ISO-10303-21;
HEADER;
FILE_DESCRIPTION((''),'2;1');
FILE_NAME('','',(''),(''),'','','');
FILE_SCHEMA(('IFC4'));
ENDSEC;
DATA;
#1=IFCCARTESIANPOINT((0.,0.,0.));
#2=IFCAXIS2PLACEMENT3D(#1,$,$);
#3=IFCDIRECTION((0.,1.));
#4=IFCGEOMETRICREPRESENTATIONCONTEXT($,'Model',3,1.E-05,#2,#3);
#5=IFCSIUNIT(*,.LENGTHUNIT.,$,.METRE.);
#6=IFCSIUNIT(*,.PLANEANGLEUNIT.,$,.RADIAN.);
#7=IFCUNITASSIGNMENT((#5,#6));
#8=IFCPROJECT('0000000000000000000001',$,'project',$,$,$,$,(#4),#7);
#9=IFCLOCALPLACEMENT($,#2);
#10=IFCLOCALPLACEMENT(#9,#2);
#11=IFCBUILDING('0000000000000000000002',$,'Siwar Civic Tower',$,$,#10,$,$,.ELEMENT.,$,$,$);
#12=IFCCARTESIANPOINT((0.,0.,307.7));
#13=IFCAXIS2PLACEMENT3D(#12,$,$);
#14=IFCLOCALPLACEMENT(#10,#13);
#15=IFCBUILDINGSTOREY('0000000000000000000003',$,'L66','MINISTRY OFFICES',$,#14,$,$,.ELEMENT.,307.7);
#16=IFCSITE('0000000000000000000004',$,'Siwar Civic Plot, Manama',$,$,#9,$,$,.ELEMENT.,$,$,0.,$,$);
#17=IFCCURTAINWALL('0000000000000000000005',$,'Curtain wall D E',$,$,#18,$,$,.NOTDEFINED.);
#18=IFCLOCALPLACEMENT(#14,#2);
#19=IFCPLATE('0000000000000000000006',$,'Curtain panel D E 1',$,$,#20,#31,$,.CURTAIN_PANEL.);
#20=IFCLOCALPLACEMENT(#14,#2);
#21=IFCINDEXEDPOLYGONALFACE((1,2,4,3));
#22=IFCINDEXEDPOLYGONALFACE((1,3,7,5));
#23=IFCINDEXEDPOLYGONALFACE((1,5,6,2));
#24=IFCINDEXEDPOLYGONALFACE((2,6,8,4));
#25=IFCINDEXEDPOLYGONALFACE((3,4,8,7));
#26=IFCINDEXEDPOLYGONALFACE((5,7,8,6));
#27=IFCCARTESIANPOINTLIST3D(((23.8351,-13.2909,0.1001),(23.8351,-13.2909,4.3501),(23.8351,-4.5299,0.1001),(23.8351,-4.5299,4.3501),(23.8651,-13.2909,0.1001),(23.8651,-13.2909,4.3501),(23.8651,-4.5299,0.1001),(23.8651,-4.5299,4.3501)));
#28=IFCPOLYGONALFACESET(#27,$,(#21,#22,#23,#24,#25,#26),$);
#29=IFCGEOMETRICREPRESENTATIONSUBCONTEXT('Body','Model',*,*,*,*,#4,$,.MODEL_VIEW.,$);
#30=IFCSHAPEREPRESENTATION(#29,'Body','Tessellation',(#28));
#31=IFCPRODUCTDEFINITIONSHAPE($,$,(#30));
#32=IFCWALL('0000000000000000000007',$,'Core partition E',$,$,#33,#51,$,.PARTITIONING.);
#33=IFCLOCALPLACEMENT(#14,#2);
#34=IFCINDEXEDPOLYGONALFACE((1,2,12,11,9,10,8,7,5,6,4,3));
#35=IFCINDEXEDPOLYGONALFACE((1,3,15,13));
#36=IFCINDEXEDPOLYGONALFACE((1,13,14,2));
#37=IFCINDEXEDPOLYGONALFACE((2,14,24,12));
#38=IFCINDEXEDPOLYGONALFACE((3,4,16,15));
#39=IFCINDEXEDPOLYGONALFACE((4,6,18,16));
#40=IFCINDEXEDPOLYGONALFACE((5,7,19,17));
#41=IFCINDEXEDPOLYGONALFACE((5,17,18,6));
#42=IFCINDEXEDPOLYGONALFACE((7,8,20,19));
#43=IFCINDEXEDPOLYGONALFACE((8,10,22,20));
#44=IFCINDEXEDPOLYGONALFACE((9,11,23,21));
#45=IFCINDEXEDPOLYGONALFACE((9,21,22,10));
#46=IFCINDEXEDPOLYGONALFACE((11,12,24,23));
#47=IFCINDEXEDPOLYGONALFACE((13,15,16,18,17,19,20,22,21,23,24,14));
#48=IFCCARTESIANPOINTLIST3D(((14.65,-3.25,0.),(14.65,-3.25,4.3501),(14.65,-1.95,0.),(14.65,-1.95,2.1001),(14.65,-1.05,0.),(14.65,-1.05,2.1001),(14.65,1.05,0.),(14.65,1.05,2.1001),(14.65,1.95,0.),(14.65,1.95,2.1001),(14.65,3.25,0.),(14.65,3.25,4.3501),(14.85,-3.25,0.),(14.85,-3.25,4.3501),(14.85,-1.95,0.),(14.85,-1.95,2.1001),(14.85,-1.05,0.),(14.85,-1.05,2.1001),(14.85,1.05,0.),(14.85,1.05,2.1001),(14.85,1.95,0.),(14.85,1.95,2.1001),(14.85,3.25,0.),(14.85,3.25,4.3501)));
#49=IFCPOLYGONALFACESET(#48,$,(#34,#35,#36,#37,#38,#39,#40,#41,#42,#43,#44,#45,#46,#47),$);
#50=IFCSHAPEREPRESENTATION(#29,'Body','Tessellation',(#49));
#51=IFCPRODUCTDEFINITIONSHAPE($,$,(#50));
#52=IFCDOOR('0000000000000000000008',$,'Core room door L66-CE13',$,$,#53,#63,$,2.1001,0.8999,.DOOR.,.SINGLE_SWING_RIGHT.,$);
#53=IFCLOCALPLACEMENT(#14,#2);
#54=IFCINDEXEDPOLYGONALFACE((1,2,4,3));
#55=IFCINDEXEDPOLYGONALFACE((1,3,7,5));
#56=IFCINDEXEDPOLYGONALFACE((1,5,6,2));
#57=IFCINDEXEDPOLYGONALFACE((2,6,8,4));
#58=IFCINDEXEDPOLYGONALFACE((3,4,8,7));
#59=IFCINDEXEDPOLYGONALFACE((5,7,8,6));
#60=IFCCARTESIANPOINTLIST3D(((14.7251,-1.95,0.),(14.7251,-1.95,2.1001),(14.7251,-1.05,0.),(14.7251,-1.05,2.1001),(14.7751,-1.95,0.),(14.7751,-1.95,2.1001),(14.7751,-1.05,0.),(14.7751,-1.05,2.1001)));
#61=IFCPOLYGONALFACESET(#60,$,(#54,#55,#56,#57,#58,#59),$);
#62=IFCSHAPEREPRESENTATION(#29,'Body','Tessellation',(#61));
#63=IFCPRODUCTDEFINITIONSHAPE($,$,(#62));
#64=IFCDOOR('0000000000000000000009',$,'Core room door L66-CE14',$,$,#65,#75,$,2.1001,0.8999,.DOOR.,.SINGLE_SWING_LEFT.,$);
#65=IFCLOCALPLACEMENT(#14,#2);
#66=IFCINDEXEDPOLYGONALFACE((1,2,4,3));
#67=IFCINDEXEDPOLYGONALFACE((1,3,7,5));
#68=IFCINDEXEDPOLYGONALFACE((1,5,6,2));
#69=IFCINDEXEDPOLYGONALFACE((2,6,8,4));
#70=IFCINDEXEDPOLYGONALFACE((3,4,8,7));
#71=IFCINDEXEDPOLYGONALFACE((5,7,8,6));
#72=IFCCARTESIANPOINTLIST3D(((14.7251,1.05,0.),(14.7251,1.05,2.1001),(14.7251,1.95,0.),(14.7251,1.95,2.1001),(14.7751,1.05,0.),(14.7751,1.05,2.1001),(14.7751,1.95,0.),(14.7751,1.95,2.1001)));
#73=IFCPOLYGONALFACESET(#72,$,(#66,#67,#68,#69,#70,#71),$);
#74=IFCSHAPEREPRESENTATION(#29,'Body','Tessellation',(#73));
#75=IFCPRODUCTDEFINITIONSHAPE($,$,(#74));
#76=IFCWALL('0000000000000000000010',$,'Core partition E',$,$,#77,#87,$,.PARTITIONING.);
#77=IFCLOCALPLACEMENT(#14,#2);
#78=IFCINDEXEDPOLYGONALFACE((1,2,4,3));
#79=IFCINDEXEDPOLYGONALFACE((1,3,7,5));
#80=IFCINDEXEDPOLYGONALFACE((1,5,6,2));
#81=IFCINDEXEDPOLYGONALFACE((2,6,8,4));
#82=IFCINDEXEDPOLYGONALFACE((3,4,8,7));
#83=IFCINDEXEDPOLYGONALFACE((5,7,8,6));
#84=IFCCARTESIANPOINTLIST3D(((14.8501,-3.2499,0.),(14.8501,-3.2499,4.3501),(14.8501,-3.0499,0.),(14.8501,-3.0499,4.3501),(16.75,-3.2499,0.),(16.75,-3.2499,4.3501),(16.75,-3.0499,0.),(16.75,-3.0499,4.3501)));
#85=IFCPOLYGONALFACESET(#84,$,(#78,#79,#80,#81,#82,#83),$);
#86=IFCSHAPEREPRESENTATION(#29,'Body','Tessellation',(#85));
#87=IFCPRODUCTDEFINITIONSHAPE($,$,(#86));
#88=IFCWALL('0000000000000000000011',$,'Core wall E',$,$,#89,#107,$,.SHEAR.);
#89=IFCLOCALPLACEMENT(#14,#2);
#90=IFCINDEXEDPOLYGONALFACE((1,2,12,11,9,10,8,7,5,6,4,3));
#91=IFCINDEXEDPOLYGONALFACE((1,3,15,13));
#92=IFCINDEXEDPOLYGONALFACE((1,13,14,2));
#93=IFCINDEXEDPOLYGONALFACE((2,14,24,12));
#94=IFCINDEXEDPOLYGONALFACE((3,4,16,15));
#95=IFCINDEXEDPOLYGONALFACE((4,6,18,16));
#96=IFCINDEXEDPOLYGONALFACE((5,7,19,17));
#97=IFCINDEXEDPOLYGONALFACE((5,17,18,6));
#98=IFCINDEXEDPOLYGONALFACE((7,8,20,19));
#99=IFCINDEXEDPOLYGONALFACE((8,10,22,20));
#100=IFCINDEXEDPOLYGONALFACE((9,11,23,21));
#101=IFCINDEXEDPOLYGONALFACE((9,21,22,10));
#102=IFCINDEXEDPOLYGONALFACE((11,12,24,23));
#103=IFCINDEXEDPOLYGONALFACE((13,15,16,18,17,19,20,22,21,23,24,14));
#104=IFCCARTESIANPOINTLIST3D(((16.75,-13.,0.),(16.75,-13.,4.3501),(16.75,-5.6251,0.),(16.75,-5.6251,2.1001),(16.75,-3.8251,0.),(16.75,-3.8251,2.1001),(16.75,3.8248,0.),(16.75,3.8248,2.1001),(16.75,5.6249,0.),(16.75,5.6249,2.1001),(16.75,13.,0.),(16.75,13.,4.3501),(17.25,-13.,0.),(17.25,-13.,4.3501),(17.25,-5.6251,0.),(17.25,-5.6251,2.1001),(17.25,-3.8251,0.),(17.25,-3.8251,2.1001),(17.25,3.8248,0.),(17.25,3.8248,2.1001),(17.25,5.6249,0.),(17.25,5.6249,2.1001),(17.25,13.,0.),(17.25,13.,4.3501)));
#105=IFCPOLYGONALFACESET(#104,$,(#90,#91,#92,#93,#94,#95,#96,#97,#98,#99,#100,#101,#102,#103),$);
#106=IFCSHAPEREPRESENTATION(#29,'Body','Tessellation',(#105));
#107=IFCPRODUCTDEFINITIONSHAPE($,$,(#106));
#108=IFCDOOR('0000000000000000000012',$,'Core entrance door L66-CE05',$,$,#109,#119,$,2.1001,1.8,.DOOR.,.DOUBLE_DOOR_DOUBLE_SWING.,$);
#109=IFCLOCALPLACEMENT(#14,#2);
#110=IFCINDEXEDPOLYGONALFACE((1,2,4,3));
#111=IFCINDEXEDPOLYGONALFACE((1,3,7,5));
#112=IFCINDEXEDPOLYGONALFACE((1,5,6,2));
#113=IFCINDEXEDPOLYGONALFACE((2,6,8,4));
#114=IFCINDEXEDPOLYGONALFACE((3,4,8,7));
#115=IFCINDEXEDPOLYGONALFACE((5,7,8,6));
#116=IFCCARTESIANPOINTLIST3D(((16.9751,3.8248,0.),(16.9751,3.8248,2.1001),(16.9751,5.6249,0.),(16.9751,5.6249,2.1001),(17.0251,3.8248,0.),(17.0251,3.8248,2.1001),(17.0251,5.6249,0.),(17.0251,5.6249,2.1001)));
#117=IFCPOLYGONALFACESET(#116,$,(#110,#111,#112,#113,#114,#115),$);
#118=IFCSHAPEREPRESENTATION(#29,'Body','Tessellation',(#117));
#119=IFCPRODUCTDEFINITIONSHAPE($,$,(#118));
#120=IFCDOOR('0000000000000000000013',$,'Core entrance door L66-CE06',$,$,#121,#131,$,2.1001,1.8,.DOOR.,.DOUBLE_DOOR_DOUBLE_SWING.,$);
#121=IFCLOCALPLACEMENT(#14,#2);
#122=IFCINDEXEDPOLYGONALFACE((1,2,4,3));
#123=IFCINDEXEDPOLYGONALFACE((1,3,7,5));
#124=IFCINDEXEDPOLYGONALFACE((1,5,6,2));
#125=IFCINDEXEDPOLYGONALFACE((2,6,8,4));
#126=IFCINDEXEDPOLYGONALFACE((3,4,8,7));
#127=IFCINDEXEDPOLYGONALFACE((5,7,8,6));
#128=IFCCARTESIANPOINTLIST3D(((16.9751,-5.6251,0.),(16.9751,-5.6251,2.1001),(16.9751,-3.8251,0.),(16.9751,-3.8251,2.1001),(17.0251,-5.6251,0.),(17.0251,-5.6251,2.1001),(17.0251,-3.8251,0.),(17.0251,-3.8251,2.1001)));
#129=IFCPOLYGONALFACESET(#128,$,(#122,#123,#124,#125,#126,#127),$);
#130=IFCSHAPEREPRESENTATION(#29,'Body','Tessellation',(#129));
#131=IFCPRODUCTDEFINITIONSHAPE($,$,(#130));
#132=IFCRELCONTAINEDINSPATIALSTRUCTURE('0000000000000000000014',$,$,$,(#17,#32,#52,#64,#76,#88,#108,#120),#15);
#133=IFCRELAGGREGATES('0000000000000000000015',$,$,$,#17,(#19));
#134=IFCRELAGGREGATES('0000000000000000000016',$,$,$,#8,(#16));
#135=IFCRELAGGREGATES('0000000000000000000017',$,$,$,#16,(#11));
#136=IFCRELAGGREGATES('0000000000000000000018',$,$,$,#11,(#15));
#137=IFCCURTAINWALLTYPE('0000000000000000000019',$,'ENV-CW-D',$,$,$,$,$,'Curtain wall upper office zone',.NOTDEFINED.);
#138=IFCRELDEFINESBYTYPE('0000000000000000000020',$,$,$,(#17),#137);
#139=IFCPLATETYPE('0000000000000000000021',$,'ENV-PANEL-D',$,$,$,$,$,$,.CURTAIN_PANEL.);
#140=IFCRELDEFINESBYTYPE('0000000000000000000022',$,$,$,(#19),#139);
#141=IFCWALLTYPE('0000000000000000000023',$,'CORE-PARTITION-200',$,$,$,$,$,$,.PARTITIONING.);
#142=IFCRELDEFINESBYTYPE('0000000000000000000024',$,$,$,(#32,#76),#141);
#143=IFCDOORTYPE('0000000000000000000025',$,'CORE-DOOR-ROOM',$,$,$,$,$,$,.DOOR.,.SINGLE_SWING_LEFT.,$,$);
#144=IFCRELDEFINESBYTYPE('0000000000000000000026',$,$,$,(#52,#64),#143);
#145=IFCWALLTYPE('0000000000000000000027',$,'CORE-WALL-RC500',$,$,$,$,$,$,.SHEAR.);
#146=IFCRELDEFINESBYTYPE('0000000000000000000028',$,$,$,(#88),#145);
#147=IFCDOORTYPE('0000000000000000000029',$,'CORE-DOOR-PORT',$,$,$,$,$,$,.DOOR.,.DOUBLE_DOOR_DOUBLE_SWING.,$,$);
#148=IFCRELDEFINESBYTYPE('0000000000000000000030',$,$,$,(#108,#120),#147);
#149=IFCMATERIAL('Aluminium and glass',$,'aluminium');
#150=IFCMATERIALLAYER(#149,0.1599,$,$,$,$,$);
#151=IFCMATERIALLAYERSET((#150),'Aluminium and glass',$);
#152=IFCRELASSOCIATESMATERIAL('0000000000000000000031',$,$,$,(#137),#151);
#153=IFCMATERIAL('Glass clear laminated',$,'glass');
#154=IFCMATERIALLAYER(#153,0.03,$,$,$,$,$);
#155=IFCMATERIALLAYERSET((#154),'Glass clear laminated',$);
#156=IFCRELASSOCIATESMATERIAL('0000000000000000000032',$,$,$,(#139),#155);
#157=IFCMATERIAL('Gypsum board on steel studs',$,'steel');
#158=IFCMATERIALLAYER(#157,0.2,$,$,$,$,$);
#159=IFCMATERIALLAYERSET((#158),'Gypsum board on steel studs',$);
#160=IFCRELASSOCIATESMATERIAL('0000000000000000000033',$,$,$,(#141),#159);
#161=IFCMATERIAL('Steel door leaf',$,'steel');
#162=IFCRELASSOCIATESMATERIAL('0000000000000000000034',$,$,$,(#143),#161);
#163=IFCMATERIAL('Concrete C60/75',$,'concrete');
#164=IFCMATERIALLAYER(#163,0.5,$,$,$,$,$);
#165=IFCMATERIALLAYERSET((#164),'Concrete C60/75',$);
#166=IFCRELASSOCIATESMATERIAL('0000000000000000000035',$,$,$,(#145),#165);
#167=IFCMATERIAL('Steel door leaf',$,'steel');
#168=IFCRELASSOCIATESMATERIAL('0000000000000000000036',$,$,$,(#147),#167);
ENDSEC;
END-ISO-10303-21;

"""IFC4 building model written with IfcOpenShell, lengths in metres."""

from ifc_helpers import new_model, si_unit, direction, frame, frame_2d, origin, origin_2d, place, context, subcontext, project, spatial, rectangle, extrude, material, layer, layer_set, type_object, element, fill, aggregate, save


model = new_model("IFC4")

# Units and contexts
model_context = context("Model", 3, precision=1e-05, world=origin(), true_north=direction((0.0, 1.0)))
body_context = subcontext(model_context, "Body", "Model", "MODEL_VIEW")
ifc_project = project(units=[si_unit("LENGTHUNIT", "METRE"), si_unit("PLANEANGLEUNIT", "RADIAN")], contexts=[model_context])

# Site, building, storey
site_placement = place(None, origin())
site = spatial("IfcSite", under=ifc_project, at=site_placement, Name="Siwar Civic Plot, Manama", CompositionType="ELEMENT", RefElevation=0.0)
building_placement = place(site_placement, origin())
building = spatial("IfcBuilding", under=site, at=building_placement, Name="Siwar Civic Tower", CompositionType="ELEMENT")
storey_placement = place(building_placement, frame((0.0, 0.0, 307.7)))
storey = spatial("IfcBuildingStorey", under=building, at=storey_placement, Name="L66", Description="MINISTRY OFFICES", CompositionType="ELEMENT", Elevation=307.7)

# Curtain wall
ifc_material_1 = material(Name="Aluminium and glass", Category="aluminium")
ifc_layer_1 = layer(ifc_material_1, 0.1599)
ifc_layer_set_1 = layer_set([ifc_layer_1], Name="Aluminium and glass")
curtain_wall_type = type_object("IfcCurtainWallType", Name="ENV-CW-D", ElementType="Curtain wall upper office zone", PredefinedType="NOTDEFINED", material=ifc_layer_set_1)
curtain_wall_placement = place(storey_placement, origin())
curtain_wall = element("IfcCurtainWall", 1, at=curtain_wall_placement, inside=storey, type_object=curtain_wall_type, Name="Curtain wall D E", PredefinedType="NOTDEFINED")

# Plate
ifc_material_2 = material(Name="Glass clear laminated", Category="glass")
ifc_layer_2 = layer(ifc_material_2, 0.03)
ifc_layer_set_2 = layer_set([ifc_layer_2], Name="Glass clear laminated")
plate_type = type_object("IfcPlateType", Name="ENV-PANEL-D", PredefinedType="CURTAIN_PANEL", material=ifc_layer_set_2)
plate_placement = place(storey_placement, frame((23.8501, -8.9104, 0.1001), z_axis=(0.0, 0.0, 1.0), x_axis=(0.0, 1.0, 0.0)))
plate = element("IfcPlate", 2, at=plate_placement, type_object=plate_type, Name="Curtain panel D E 1", PredefinedType="CURTAIN_PANEL", context=body_context, shape_type="SweptSolid", body=[
    extrude(rectangle(XDim=8.761, YDim=0.03, at=origin_2d()), origin(), (0.0, 0.0, 1.0), 4.25),
])
aggregate(curtain_wall, [plate])

# Wall, openings, doors
ifc_material_3 = material(Name="Gypsum board on steel studs", Category="steel")
ifc_layer_3 = layer(ifc_material_3, 0.2)
ifc_layer_set_3 = layer_set([ifc_layer_3], Name="Gypsum board on steel studs")
wall_type_1 = type_object("IfcWallType", Name="CORE-PARTITION-200", PredefinedType="PARTITIONING", material=ifc_layer_set_3)
wall_1_placement = place(storey_placement, frame((14.75, -3.25, 0.0), z_axis=(0.0, 0.0, 1.0), x_axis=(0.0, 1.0, 0.0)))
wall_1 = element("IfcWall", 3, at=wall_1_placement, inside=storey, type_object=wall_type_1, Name="Core partition E", PredefinedType="PARTITIONING", context=body_context, shape_type="SweptSolid", body=[
    extrude(rectangle(XDim=6.5, YDim=0.2, at=frame_2d((3.25, 0.0))), origin(), (0.0, 0.0, 1.0), 4.3501),
])
opening_1_placement = place(wall_1_placement, frame((1.3, 0.0, 0.0)))
opening_1 = element("IfcOpeningElement", 4, at=opening_1_placement, cuts=wall_1, PredefinedType="OPENING", context=body_context, shape_type="SweptSolid", body=[
    extrude(rectangle(XDim=0.8999, YDim=2.1001, at=frame_2d((0.45, 1.05))), frame((0.0, 0.1099, 0.0), z_axis=(0.0, -1.0, 0.0), x_axis=(1.0, 0.0, 0.0)), (0.0, 0.0, 1.0), 0.22),
])
opening_2_placement = place(wall_1_placement, frame((4.3, 0.0, 0.0)))
opening_2 = element("IfcOpeningElement", 5, at=opening_2_placement, cuts=wall_1, PredefinedType="OPENING", context=body_context, shape_type="SweptSolid", body=[
    extrude(rectangle(XDim=0.8999, YDim=2.1001, at=frame_2d((0.45, 1.05))), frame((0.0, 0.1099, 0.0), z_axis=(0.0, -1.0, 0.0), x_axis=(1.0, 0.0, 0.0)), (0.0, 0.0, 1.0), 0.22),
])
ifc_material_4 = material(Name="Steel door leaf", Category="steel")
door_type_1 = type_object("IfcDoorType", Name="CORE-DOOR-ROOM", OperationType="SINGLE_SWING_LEFT", PredefinedType="DOOR", material=ifc_material_4)
door_1_placement = place(opening_1_placement, origin())
door_1 = element("IfcDoor", 6, at=door_1_placement, inside=storey, type_object=door_type_1, Name="Core room door L66-CE13", OperationType="SINGLE_SWING_RIGHT", OverallHeight=2.1001, OverallWidth=0.8999, PredefinedType="DOOR", context=body_context, shape_type="SweptSolid", body=[
    extrude(rectangle(XDim=0.8999, YDim=2.1001, at=frame_2d((0.45, 1.05))), frame((0.0, 0.0249, 0.0), z_axis=(0.0, -1.0, 0.0), x_axis=(1.0, 0.0, 0.0)), (0.0, 0.0, 1.0), 0.05),
])
fill(opening_1, door_1)
door_2_placement = place(opening_2_placement, origin())
door_2 = element("IfcDoor", 7, at=door_2_placement, inside=storey, type_object=door_type_1, Name="Core room door L66-CE14", OperationType="SINGLE_SWING_LEFT", OverallHeight=2.1001, OverallWidth=0.8999, PredefinedType="DOOR", context=body_context, shape_type="SweptSolid", body=[
    extrude(rectangle(XDim=0.8999, YDim=2.1001, at=frame_2d((0.45, 1.05))), frame((0.0, 0.0249, 0.0), z_axis=(0.0, -1.0, 0.0), x_axis=(1.0, 0.0, 0.0)), (0.0, 0.0, 1.0), 0.05),
])
fill(opening_2, door_2)

# Wall
wall_2_placement = place(storey_placement, frame((14.8501, -3.1499, 0.0), z_axis=(0.0, 0.0, 1.0), x_axis=(1.0, 0.0, 0.0)))
element("IfcWall", 8, at=wall_2_placement, inside=storey, type_object=wall_type_1, Name="Core partition E", PredefinedType="PARTITIONING", context=body_context, shape_type="SweptSolid", body=[
    extrude(rectangle(XDim=1.8999, YDim=0.2, at=frame_2d((0.95, 0.0))), origin(), (0.0, 0.0, 1.0), 4.3501),
])

# Wall, openings, doors
ifc_material_5 = material(Name="Concrete C60/75", Category="concrete")
ifc_layer_4 = layer(ifc_material_5, 0.5)
ifc_layer_set_4 = layer_set([ifc_layer_4], Name="Concrete C60/75")
wall_type_2 = type_object("IfcWallType", Name="CORE-WALL-RC500", PredefinedType="SHEAR", material=ifc_layer_set_4)
wall_3_placement = place(storey_placement, frame((17.0, -13.0, 0.0), z_axis=(0.0, 0.0, 1.0), x_axis=(0.0, 1.0, 0.0)))
wall_3 = element("IfcWall", 9, at=wall_3_placement, inside=storey, type_object=wall_type_2, Name="Core wall E", PredefinedType="SHEAR", context=body_context, shape_type="SweptSolid", body=[
    extrude(rectangle(XDim=26.0, YDim=0.5, at=frame_2d((13.0, 0.0))), origin(), (0.0, 0.0, 1.0), 4.3501),
])
opening_3_placement = place(wall_3_placement, frame((16.825, 0.0, 0.0)))
opening_3 = element("IfcOpeningElement", 10, at=opening_3_placement, cuts=wall_3, PredefinedType="OPENING", context=body_context, shape_type="SweptSolid", body=[
    extrude(rectangle(XDim=1.8, YDim=2.1001, at=frame_2d((0.8999, 1.05))), frame((0.0, 0.26, 0.0), z_axis=(0.0, -1.0, 0.0), x_axis=(1.0, 0.0, 0.0)), (0.0, 0.0, 1.0), 0.52),
])
opening_4_placement = place(wall_3_placement, frame((7.375, 0.0, 0.0)))
opening_4 = element("IfcOpeningElement", 11, at=opening_4_placement, cuts=wall_3, PredefinedType="OPENING", context=body_context, shape_type="SweptSolid", body=[
    extrude(rectangle(XDim=1.8, YDim=2.1001, at=frame_2d((0.8999, 1.05))), frame((0.0, 0.26, 0.0), z_axis=(0.0, -1.0, 0.0), x_axis=(1.0, 0.0, 0.0)), (0.0, 0.0, 1.0), 0.52),
])
ifc_material_6 = material(Name="Steel door leaf", Category="steel")
door_type_2 = type_object("IfcDoorType", Name="CORE-DOOR-PORT", OperationType="DOUBLE_DOOR_DOUBLE_SWING", PredefinedType="DOOR", material=ifc_material_6)
door_3_placement = place(opening_3_placement, origin())
door_3 = element("IfcDoor", 12, at=door_3_placement, inside=storey, type_object=door_type_2, Name="Core entrance door L66-CE05", OperationType="DOUBLE_DOOR_DOUBLE_SWING", OverallHeight=2.1001, OverallWidth=1.8, PredefinedType="DOOR", context=body_context, shape_type="SweptSolid", body=[
    extrude(rectangle(XDim=1.8, YDim=2.1001, at=frame_2d((0.8999, 1.05))), frame((0.0, 0.0249, 0.0), z_axis=(0.0, -1.0, 0.0), x_axis=(1.0, 0.0, 0.0)), (0.0, 0.0, 1.0), 0.05),
])
fill(opening_3, door_3)
door_4_placement = place(opening_4_placement, origin())
door_4 = element("IfcDoor", 13, at=door_4_placement, inside=storey, type_object=door_type_2, Name="Core entrance door L66-CE06", OperationType="DOUBLE_DOOR_DOUBLE_SWING", OverallHeight=2.1001, OverallWidth=1.8, PredefinedType="DOOR", context=body_context, shape_type="SweptSolid", body=[
    extrude(rectangle(XDim=1.8, YDim=2.1001, at=frame_2d((0.8999, 1.05))), frame((0.0, 0.0249, 0.0), z_axis=(0.0, -1.0, 0.0), x_axis=(1.0, 0.0, 0.0)), (0.0, 0.0, 1.0), 0.05),
])
fill(opening_4, door_4)

save(model, "model.ifc")
